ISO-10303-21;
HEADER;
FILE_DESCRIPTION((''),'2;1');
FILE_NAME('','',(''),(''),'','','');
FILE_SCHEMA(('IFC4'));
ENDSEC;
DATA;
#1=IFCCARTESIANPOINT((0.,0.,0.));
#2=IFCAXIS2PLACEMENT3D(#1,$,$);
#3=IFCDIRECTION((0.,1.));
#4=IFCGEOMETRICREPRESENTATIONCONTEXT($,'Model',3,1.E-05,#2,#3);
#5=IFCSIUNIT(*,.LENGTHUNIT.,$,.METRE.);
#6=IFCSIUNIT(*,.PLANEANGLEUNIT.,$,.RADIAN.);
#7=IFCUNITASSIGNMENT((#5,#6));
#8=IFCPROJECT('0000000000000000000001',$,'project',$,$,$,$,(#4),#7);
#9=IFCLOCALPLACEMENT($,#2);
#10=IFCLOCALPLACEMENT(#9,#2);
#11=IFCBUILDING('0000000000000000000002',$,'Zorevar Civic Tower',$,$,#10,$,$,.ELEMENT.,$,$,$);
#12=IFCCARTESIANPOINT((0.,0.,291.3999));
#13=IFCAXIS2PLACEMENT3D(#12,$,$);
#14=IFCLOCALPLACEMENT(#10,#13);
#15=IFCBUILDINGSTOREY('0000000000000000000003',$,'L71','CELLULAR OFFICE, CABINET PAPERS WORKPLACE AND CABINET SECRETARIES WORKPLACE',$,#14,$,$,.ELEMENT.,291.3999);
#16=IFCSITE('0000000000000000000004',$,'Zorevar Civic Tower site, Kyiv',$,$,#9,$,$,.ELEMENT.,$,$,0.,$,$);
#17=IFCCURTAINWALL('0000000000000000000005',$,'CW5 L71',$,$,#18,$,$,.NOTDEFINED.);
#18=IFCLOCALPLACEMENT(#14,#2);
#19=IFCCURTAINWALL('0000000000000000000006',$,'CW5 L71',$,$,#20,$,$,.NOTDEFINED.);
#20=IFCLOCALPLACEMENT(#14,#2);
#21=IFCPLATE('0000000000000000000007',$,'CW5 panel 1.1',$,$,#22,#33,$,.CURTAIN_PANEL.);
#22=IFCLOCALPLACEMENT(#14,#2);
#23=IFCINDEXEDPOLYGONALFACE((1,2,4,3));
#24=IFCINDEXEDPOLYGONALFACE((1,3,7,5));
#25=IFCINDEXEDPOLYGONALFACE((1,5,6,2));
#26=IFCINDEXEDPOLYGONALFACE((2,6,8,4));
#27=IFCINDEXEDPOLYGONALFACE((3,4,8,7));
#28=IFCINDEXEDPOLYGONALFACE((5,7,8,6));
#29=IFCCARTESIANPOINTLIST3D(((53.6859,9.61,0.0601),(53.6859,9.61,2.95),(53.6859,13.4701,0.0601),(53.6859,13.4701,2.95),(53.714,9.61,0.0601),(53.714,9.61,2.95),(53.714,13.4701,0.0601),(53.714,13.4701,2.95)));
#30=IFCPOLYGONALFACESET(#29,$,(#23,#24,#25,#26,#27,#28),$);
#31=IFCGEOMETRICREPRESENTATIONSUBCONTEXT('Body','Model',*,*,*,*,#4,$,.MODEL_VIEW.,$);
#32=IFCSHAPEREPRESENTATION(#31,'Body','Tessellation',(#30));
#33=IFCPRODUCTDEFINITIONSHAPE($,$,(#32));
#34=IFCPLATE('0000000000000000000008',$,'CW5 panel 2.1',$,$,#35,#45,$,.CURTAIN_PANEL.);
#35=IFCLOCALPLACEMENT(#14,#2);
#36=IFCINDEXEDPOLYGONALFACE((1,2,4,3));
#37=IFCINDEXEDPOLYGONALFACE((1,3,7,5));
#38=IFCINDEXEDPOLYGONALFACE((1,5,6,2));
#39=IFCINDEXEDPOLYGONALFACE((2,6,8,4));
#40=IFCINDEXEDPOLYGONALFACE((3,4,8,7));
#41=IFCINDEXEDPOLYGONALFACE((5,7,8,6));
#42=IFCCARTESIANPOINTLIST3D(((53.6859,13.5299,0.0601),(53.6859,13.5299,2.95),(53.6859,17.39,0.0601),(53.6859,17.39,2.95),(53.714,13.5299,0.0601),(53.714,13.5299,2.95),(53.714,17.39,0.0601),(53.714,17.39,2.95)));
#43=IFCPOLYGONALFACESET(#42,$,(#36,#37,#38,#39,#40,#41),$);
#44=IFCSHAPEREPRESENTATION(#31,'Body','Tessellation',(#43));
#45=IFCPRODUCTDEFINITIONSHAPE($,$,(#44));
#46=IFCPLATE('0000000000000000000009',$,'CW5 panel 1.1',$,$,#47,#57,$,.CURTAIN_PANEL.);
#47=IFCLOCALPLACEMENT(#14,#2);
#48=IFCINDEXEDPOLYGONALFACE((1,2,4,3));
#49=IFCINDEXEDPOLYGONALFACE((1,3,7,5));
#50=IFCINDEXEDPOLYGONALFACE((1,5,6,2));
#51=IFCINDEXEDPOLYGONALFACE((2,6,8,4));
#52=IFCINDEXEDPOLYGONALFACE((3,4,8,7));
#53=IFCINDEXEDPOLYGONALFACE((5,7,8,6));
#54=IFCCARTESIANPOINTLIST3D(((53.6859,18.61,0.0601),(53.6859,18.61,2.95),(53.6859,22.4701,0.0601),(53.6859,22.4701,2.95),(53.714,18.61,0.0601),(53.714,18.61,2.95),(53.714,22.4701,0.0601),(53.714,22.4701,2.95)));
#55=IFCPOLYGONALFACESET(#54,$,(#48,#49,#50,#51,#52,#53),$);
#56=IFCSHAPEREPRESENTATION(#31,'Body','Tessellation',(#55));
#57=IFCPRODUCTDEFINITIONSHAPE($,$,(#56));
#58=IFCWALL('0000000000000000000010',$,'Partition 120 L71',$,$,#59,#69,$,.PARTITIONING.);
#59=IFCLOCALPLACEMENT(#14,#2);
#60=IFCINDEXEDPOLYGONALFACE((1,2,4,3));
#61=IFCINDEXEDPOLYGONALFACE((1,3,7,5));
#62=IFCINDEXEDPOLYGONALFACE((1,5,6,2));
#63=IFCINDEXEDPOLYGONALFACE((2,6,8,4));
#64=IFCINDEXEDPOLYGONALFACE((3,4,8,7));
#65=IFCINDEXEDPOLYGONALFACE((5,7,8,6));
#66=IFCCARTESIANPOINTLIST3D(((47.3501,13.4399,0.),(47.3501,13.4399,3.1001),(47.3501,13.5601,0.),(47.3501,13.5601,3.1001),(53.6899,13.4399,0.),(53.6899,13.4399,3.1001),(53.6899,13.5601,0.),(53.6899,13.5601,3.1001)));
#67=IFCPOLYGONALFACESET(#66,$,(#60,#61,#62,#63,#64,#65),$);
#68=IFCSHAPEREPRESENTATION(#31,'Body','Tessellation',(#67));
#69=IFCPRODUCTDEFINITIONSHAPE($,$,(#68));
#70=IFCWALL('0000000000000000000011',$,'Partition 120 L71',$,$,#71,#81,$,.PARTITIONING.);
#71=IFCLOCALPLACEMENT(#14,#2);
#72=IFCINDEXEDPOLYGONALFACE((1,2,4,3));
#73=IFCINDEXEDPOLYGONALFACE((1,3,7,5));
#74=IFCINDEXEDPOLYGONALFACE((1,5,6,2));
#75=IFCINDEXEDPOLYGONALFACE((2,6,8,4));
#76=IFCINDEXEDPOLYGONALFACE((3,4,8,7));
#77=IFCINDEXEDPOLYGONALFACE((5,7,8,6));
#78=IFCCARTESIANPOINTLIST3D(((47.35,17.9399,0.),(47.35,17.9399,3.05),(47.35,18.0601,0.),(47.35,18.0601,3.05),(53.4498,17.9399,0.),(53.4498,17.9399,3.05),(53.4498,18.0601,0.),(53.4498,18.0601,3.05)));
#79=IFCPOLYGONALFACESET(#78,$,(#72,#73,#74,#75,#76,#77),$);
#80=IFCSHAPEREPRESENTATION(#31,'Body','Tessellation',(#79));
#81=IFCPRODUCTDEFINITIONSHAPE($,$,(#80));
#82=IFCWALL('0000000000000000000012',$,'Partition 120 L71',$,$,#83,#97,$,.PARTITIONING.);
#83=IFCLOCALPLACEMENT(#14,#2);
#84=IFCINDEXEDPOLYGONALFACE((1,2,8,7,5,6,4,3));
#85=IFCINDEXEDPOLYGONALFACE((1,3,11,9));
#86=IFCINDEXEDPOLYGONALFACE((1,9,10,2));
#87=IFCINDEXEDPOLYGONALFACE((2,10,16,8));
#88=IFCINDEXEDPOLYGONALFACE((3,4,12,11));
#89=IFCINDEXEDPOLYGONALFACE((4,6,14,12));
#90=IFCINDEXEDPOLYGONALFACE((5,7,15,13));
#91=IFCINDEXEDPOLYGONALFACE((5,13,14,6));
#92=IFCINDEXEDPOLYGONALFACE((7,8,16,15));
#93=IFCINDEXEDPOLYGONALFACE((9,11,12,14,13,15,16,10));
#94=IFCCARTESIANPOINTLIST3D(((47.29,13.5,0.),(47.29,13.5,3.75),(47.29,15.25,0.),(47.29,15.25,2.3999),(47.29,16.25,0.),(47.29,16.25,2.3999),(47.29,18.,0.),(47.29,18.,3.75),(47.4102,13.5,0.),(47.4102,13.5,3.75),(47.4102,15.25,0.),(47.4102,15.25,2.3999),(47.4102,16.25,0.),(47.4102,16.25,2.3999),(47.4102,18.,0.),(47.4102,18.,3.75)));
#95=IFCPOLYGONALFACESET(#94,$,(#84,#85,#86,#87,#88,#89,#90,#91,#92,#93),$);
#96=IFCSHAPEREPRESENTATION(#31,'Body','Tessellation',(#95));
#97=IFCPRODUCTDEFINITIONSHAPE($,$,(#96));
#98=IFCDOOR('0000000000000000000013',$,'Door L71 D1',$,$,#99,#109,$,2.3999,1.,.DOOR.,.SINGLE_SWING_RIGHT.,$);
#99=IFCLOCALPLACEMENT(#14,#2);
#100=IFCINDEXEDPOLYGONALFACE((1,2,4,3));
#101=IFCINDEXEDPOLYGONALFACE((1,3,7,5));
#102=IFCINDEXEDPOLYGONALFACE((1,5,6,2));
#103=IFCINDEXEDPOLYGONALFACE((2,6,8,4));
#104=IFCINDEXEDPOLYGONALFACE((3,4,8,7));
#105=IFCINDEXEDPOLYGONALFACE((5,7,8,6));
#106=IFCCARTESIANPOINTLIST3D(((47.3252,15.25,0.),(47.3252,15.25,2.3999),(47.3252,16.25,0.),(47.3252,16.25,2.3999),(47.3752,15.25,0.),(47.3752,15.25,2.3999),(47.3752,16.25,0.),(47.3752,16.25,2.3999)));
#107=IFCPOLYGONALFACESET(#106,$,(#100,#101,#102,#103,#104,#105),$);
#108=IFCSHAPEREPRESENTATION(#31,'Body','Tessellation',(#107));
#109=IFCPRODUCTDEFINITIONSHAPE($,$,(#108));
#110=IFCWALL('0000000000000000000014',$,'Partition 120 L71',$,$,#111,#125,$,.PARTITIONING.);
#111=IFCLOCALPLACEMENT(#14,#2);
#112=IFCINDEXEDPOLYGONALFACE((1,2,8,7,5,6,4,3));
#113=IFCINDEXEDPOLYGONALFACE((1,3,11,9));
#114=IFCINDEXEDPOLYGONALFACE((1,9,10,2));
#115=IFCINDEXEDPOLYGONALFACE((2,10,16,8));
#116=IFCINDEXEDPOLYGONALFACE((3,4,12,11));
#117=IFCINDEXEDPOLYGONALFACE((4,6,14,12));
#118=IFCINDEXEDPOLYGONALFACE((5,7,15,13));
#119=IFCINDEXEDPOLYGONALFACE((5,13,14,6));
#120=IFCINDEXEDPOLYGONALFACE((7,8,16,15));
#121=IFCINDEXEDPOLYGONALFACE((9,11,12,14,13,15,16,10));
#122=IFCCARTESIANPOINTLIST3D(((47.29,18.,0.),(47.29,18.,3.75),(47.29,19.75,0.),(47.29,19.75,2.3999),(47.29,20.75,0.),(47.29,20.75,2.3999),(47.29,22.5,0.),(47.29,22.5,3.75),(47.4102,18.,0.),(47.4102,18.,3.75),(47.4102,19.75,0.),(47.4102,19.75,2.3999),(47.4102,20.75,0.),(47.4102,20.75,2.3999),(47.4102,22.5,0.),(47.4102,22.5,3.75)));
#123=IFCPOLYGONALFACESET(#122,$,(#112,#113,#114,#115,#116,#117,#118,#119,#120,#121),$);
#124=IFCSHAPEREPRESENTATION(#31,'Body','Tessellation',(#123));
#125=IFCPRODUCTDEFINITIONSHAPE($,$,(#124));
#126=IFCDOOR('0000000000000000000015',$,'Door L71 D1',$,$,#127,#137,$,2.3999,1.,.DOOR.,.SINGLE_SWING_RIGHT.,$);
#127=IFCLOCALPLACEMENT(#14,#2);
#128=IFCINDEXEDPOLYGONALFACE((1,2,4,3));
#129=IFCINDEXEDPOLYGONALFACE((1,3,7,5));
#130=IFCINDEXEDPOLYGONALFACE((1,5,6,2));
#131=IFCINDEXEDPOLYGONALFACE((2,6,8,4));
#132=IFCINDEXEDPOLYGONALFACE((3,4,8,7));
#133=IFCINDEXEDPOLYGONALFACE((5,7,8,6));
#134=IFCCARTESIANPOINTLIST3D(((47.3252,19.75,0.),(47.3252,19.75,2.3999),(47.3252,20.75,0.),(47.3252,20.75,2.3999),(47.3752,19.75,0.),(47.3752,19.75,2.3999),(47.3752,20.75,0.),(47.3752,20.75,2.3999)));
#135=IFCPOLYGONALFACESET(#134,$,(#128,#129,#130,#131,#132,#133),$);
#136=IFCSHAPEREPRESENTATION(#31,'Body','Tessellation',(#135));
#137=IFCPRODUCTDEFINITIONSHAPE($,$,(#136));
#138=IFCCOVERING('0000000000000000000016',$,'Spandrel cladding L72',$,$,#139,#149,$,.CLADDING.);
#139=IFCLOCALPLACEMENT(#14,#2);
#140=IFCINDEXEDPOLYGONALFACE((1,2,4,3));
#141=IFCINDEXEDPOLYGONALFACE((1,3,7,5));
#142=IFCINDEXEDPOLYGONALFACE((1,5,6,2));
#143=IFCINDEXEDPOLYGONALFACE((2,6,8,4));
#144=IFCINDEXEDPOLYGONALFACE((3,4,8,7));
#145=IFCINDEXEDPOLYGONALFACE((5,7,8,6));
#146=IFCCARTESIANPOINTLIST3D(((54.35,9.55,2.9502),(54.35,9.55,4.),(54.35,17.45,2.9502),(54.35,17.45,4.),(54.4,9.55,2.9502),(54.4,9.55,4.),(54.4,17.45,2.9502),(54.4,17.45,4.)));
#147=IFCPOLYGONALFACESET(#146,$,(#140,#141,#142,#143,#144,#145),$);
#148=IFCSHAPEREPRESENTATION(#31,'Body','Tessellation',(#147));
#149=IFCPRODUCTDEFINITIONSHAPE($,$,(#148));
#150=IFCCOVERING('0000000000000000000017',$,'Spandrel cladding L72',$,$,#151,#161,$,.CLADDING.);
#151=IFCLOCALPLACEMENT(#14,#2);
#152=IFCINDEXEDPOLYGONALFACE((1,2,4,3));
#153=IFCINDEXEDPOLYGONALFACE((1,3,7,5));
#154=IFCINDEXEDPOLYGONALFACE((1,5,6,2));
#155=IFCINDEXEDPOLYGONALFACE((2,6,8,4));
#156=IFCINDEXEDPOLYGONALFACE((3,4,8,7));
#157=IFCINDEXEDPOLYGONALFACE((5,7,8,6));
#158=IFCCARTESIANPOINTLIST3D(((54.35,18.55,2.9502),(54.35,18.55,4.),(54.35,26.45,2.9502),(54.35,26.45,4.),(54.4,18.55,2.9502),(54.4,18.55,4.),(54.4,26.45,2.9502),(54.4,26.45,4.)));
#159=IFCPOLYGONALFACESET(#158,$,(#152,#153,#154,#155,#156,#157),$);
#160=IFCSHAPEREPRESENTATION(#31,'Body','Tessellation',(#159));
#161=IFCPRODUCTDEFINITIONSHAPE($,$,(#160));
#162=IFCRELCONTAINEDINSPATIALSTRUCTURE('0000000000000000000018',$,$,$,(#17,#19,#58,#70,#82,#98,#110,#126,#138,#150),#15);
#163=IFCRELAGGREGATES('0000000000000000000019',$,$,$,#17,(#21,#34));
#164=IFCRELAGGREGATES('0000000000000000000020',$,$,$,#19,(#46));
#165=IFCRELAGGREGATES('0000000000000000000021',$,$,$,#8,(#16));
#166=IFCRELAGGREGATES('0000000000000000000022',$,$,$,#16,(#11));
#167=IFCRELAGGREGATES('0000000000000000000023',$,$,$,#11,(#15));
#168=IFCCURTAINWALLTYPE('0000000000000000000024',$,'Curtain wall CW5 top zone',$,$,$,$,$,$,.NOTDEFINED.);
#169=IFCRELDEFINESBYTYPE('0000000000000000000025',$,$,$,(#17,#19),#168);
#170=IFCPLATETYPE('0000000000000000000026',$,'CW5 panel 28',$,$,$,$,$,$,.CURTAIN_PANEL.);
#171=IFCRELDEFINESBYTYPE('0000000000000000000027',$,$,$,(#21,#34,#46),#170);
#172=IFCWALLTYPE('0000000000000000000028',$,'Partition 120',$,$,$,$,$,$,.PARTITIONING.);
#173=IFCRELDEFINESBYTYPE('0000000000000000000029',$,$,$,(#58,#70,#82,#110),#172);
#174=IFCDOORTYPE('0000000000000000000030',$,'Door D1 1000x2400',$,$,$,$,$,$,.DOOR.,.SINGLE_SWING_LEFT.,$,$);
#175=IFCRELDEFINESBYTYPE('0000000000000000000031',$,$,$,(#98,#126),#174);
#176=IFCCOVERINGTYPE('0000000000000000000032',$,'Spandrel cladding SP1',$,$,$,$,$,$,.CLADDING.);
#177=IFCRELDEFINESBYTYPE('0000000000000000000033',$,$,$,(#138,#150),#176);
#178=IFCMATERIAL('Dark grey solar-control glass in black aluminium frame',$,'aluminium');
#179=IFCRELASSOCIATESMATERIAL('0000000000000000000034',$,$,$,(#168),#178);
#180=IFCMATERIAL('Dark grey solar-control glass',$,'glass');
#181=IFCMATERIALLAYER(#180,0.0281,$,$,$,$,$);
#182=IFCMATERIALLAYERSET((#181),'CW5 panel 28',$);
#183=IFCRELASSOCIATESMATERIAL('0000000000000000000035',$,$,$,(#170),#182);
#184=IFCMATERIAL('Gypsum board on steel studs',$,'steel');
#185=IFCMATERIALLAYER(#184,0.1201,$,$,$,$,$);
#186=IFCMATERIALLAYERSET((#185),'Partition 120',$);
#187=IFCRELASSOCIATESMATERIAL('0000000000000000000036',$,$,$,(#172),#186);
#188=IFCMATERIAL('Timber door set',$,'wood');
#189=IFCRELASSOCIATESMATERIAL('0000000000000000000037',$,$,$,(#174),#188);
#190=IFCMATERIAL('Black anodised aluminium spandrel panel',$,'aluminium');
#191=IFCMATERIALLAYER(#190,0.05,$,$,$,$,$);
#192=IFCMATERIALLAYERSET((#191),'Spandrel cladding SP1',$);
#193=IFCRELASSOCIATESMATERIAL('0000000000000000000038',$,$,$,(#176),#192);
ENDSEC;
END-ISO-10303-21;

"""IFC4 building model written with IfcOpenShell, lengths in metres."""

from ifc_helpers import new_model, si_unit, direction, frame, frame_2d, origin, origin_2d, place, context, subcontext, project, spatial, rectangle, extrude, material, layer, layer_set, type_object, element, fill, aggregate, save


model = new_model("IFC4")

# Units and contexts
model_context = context("Model", 3, precision=1e-05, world=origin(), true_north=direction((0.0, 1.0)))
body_context = subcontext(model_context, "Body", "Model", "MODEL_VIEW")
ifc_project = project(units=[si_unit("LENGTHUNIT", "METRE"), si_unit("PLANEANGLEUNIT", "RADIAN")], contexts=[model_context])

# Site, building, storey
site_placement = place(None, origin())
site = spatial("IfcSite", under=ifc_project, at=site_placement, Name="Zorevar Civic Tower site, Kyiv", CompositionType="ELEMENT", RefElevation=0.0)
building_placement = place(site_placement, origin())
building = spatial("IfcBuilding", under=site, at=building_placement, Name="Zorevar Civic Tower", CompositionType="ELEMENT")
storey_placement = place(building_placement, frame((0.0, 0.0, 291.3999)))
storey = spatial("IfcBuildingStorey", under=building, at=storey_placement, Name="L71", Description="CELLULAR OFFICE, CABINET PAPERS WORKPLACE AND CABINET SECRETARIES WORKPLACE", CompositionType="ELEMENT", Elevation=291.3999)

# Curtain wall
ifc_material_1 = material(Name="Dark grey solar-control glass in black aluminium frame", Category="aluminium")
curtain_wall_type = type_object("IfcCurtainWallType", Name="Curtain wall CW5 top zone", PredefinedType="NOTDEFINED", material=ifc_material_1)
curtain_wall_1_placement = place(storey_placement, origin())
curtain_wall_1 = element("IfcCurtainWall", 1, at=curtain_wall_1_placement, inside=storey, type_object=curtain_wall_type, Name="CW5 L71", PredefinedType="NOTDEFINED")

# Curtain wall
curtain_wall_2_placement = place(storey_placement, origin())
curtain_wall_2 = element("IfcCurtainWall", 2, at=curtain_wall_2_placement, inside=storey, type_object=curtain_wall_type, Name="CW5 L71", PredefinedType="NOTDEFINED")

# Plates
ifc_material_2 = material(Name="Dark grey solar-control glass", Category="glass")
ifc_layer_1 = layer(ifc_material_2, 0.0281)
ifc_layer_set_1 = layer_set([ifc_layer_1], Name="CW5 panel 28")
plate_type = type_object("IfcPlateType", Name="CW5 panel 28", PredefinedType="CURTAIN_PANEL", material=ifc_layer_set_1)
plate_1_placement = place(storey_placement, frame((53.7, 11.54, 0.0601), z_axis=(0.0, 0.0, 1.0), x_axis=(0.0, 1.0, 0.0)))
plate_1 = element("IfcPlate", 3, at=plate_1_placement, type_object=plate_type, Name="CW5 panel 1.1", PredefinedType="CURTAIN_PANEL", context=body_context, shape_type="SweptSolid", body=[
    extrude(rectangle(XDim=3.8601, YDim=0.0281, at=origin_2d()), origin(), (0.0, 0.0, 1.0), 2.8899),
])
plate_2_placement = place(storey_placement, frame((53.7, 15.46, 0.0601), z_axis=(0.0, 0.0, 1.0), x_axis=(0.0, 1.0, 0.0)))
plate_2 = element("IfcPlate", 4, at=plate_2_placement, type_object=plate_type, Name="CW5 panel 2.1", PredefinedType="CURTAIN_PANEL", context=body_context, shape_type="SweptSolid", body=[
    extrude(rectangle(XDim=3.8601, YDim=0.0281, at=origin_2d()), origin(), (0.0, 0.0, 1.0), 2.8899),
])
aggregate(curtain_wall_1, [plate_1, plate_2])
plate_3_placement = place(storey_placement, frame((53.7, 20.54, 0.0601), z_axis=(0.0, 0.0, 1.0), x_axis=(0.0, 1.0, 0.0)))
plate_3 = element("IfcPlate", 5, at=plate_3_placement, type_object=plate_type, Name="CW5 panel 1.1", PredefinedType="CURTAIN_PANEL", context=body_context, shape_type="SweptSolid", body=[
    extrude(rectangle(XDim=3.8601, YDim=0.0281, at=origin_2d()), origin(), (0.0, 0.0, 1.0), 2.8899),
])
aggregate(curtain_wall_2, [plate_3])

# Walls
ifc_material_3 = material(Name="Gypsum board on steel studs", Category="steel")
ifc_layer_2 = layer(ifc_material_3, 0.1201)
ifc_layer_set_2 = layer_set([ifc_layer_2], Name="Partition 120")
wall_type_1 = type_object("IfcWallType", Name="Partition 120", PredefinedType="PARTITIONING", material=ifc_layer_set_2)
wall_1_placement = place(storey_placement, frame((47.3501, 13.5, 0.0), z_axis=(0.0, 0.0, 1.0), x_axis=(1.0, 0.0, 0.0)))
element("IfcWall", 6, at=wall_1_placement, inside=storey, type_object=wall_type_1, Name="Partition 120 L71", PredefinedType="PARTITIONING", context=body_context, shape_type="SweptSolid", body=[
    extrude(rectangle(XDim=6.3398, YDim=0.1201, at=frame_2d((3.1699, 0.0))), origin(), (0.0, 0.0, 1.0), 3.1001),
])
wall_2_placement = place(storey_placement, frame((47.3501, 18.0, 0.0), z_axis=(0.0, 0.0, 1.0), x_axis=(1.0, 0.0, 0.0)))
element("IfcWall", 7, at=wall_2_placement, inside=storey, type_object=wall_type_1, Name="Partition 120 L71", PredefinedType="PARTITIONING", context=body_context, shape_type="SweptSolid", body=[
    extrude(rectangle(XDim=6.0999, YDim=0.1201, at=frame_2d((3.0498, 0.0))), origin(), (0.0, 0.0, 1.0), 3.05),
])

# Walls, openings, doors
wall_3_placement = place(storey_placement, frame((47.3501, 13.5, 0.0), z_axis=(0.0, 0.0, 1.0), x_axis=(0.0, 1.0, 0.0)))
wall_3 = element("IfcWall", 8, at=wall_3_placement, inside=storey, type_object=wall_type_1, Name="Partition 120 L71", PredefinedType="PARTITIONING", context=body_context, shape_type="SweptSolid", body=[
    extrude(rectangle(XDim=4.5, YDim=0.1201, at=frame_2d((2.25, 0.0))), origin(), (0.0, 0.0, 1.0), 3.75),
])
opening_1_placement = place(wall_3_placement, frame((1.75, 0.0, 0.0)))
opening_1 = element("IfcOpeningElement", 9, at=opening_1_placement, cuts=wall_3, PredefinedType="OPENING", context=body_context, shape_type="SweptSolid", body=[
    extrude(rectangle(XDim=1.0, YDim=2.3999, at=frame_2d((0.5, 1.2))), frame((0.0, 0.0701, 0.0), z_axis=(0.0, -1.0, 0.0), x_axis=(1.0, 0.0, 0.0)), (0.0, 0.0, 1.0), 0.1401),
])
ifc_material_4 = material(Name="Timber door set", Category="wood")
door_type_1 = type_object("IfcDoorType", Name="Door D1 1000x2400", OperationType="SINGLE_SWING_LEFT", PredefinedType="DOOR", material=ifc_material_4)
door_1_placement = place(opening_1_placement, origin())
door_1 = element("IfcDoor", 10, at=door_1_placement, inside=storey, type_object=door_type_1, Name="Door L71 D1", OperationType="SINGLE_SWING_RIGHT", OverallHeight=2.3999, OverallWidth=1.0, PredefinedType="DOOR", context=body_context, shape_type="SweptSolid", body=[
    extrude(rectangle(XDim=1.0, YDim=2.3999, at=frame_2d((0.5, 1.2))), frame((0.0, 0.0249, 0.0), z_axis=(0.0, -1.0, 0.0), x_axis=(1.0, 0.0, 0.0)), (0.0, 0.0, 1.0), 0.05),
])
fill(opening_1, door_1)
wall_4_placement = place(storey_placement, frame((47.3501, 18.0, 0.0), z_axis=(0.0, 0.0, 1.0), x_axis=(0.0, 1.0, 0.0)))
wall_4 = element("IfcWall", 11, at=wall_4_placement, inside=storey, type_object=wall_type_1, Name="Partition 120 L71", PredefinedType="PARTITIONING", context=body_context, shape_type="SweptSolid", body=[
    extrude(rectangle(XDim=4.5, YDim=0.1201, at=frame_2d((2.25, 0.0))), origin(), (0.0, 0.0, 1.0), 3.75),
])
opening_2_placement = place(wall_4_placement, frame((1.75, 0.0, 0.0)))
opening_2 = element("IfcOpeningElement", 12, at=opening_2_placement, cuts=wall_4, PredefinedType="OPENING", context=body_context, shape_type="SweptSolid", body=[
    extrude(rectangle(XDim=1.0, YDim=2.3999, at=frame_2d((0.5, 1.2))), frame((0.0, 0.0701, 0.0), z_axis=(0.0, -1.0, 0.0), x_axis=(1.0, 0.0, 0.0)), (0.0, 0.0, 1.0), 0.1401),
])
door_2_placement = place(opening_2_placement, origin())
door_2 = element("IfcDoor", 13, at=door_2_placement, inside=storey, type_object=door_type_1, Name="Door L71 D1", OperationType="SINGLE_SWING_RIGHT", OverallHeight=2.3999, OverallWidth=1.0, PredefinedType="DOOR", context=body_context, shape_type="SweptSolid", body=[
    extrude(rectangle(XDim=1.0, YDim=2.3999, at=frame_2d((0.5, 1.2))), frame((0.0, 0.0249, 0.0), z_axis=(0.0, -1.0, 0.0), x_axis=(1.0, 0.0, 0.0)), (0.0, 0.0, 1.0), 0.05),
])
fill(opening_2, door_2)

# Coverings
ifc_material_5 = material(Name="Black anodised aluminium spandrel panel", Category="aluminium")
ifc_layer_3 = layer(ifc_material_5, 0.05)
ifc_layer_set_3 = layer_set([ifc_layer_3], Name="Spandrel cladding SP1")
covering_type = type_object("IfcCoveringType", Name="Spandrel cladding SP1", PredefinedType="CLADDING", material=ifc_layer_set_3)
for number, where, z_axis, x_axis, name in (
    (14, (54.375, 9.55, 2.9502), (0.0, 0.0, 1.0), (0.0, 1.0, 0.0), "Spandrel cladding L72"),
    (15, (54.375, 18.55, 2.9502), (0.0, 0.0, 1.0), (0.0, 1.0, 0.0), "Spandrel cladding L72"),
):
    element("IfcCovering", number, at=place(storey_placement, frame(where, z_axis=z_axis, x_axis=x_axis)), inside=storey, type_object=covering_type, Name=name, PredefinedType="CLADDING", context=body_context, shape_type="SweptSolid", body=[
        extrude(rectangle(XDim=7.8999, YDim=0.05, at=frame_2d((3.95, 0.0))), origin(), (0.0, 0.0, 1.0), 1.0498),
    ])

save(model, "model.ifc")
